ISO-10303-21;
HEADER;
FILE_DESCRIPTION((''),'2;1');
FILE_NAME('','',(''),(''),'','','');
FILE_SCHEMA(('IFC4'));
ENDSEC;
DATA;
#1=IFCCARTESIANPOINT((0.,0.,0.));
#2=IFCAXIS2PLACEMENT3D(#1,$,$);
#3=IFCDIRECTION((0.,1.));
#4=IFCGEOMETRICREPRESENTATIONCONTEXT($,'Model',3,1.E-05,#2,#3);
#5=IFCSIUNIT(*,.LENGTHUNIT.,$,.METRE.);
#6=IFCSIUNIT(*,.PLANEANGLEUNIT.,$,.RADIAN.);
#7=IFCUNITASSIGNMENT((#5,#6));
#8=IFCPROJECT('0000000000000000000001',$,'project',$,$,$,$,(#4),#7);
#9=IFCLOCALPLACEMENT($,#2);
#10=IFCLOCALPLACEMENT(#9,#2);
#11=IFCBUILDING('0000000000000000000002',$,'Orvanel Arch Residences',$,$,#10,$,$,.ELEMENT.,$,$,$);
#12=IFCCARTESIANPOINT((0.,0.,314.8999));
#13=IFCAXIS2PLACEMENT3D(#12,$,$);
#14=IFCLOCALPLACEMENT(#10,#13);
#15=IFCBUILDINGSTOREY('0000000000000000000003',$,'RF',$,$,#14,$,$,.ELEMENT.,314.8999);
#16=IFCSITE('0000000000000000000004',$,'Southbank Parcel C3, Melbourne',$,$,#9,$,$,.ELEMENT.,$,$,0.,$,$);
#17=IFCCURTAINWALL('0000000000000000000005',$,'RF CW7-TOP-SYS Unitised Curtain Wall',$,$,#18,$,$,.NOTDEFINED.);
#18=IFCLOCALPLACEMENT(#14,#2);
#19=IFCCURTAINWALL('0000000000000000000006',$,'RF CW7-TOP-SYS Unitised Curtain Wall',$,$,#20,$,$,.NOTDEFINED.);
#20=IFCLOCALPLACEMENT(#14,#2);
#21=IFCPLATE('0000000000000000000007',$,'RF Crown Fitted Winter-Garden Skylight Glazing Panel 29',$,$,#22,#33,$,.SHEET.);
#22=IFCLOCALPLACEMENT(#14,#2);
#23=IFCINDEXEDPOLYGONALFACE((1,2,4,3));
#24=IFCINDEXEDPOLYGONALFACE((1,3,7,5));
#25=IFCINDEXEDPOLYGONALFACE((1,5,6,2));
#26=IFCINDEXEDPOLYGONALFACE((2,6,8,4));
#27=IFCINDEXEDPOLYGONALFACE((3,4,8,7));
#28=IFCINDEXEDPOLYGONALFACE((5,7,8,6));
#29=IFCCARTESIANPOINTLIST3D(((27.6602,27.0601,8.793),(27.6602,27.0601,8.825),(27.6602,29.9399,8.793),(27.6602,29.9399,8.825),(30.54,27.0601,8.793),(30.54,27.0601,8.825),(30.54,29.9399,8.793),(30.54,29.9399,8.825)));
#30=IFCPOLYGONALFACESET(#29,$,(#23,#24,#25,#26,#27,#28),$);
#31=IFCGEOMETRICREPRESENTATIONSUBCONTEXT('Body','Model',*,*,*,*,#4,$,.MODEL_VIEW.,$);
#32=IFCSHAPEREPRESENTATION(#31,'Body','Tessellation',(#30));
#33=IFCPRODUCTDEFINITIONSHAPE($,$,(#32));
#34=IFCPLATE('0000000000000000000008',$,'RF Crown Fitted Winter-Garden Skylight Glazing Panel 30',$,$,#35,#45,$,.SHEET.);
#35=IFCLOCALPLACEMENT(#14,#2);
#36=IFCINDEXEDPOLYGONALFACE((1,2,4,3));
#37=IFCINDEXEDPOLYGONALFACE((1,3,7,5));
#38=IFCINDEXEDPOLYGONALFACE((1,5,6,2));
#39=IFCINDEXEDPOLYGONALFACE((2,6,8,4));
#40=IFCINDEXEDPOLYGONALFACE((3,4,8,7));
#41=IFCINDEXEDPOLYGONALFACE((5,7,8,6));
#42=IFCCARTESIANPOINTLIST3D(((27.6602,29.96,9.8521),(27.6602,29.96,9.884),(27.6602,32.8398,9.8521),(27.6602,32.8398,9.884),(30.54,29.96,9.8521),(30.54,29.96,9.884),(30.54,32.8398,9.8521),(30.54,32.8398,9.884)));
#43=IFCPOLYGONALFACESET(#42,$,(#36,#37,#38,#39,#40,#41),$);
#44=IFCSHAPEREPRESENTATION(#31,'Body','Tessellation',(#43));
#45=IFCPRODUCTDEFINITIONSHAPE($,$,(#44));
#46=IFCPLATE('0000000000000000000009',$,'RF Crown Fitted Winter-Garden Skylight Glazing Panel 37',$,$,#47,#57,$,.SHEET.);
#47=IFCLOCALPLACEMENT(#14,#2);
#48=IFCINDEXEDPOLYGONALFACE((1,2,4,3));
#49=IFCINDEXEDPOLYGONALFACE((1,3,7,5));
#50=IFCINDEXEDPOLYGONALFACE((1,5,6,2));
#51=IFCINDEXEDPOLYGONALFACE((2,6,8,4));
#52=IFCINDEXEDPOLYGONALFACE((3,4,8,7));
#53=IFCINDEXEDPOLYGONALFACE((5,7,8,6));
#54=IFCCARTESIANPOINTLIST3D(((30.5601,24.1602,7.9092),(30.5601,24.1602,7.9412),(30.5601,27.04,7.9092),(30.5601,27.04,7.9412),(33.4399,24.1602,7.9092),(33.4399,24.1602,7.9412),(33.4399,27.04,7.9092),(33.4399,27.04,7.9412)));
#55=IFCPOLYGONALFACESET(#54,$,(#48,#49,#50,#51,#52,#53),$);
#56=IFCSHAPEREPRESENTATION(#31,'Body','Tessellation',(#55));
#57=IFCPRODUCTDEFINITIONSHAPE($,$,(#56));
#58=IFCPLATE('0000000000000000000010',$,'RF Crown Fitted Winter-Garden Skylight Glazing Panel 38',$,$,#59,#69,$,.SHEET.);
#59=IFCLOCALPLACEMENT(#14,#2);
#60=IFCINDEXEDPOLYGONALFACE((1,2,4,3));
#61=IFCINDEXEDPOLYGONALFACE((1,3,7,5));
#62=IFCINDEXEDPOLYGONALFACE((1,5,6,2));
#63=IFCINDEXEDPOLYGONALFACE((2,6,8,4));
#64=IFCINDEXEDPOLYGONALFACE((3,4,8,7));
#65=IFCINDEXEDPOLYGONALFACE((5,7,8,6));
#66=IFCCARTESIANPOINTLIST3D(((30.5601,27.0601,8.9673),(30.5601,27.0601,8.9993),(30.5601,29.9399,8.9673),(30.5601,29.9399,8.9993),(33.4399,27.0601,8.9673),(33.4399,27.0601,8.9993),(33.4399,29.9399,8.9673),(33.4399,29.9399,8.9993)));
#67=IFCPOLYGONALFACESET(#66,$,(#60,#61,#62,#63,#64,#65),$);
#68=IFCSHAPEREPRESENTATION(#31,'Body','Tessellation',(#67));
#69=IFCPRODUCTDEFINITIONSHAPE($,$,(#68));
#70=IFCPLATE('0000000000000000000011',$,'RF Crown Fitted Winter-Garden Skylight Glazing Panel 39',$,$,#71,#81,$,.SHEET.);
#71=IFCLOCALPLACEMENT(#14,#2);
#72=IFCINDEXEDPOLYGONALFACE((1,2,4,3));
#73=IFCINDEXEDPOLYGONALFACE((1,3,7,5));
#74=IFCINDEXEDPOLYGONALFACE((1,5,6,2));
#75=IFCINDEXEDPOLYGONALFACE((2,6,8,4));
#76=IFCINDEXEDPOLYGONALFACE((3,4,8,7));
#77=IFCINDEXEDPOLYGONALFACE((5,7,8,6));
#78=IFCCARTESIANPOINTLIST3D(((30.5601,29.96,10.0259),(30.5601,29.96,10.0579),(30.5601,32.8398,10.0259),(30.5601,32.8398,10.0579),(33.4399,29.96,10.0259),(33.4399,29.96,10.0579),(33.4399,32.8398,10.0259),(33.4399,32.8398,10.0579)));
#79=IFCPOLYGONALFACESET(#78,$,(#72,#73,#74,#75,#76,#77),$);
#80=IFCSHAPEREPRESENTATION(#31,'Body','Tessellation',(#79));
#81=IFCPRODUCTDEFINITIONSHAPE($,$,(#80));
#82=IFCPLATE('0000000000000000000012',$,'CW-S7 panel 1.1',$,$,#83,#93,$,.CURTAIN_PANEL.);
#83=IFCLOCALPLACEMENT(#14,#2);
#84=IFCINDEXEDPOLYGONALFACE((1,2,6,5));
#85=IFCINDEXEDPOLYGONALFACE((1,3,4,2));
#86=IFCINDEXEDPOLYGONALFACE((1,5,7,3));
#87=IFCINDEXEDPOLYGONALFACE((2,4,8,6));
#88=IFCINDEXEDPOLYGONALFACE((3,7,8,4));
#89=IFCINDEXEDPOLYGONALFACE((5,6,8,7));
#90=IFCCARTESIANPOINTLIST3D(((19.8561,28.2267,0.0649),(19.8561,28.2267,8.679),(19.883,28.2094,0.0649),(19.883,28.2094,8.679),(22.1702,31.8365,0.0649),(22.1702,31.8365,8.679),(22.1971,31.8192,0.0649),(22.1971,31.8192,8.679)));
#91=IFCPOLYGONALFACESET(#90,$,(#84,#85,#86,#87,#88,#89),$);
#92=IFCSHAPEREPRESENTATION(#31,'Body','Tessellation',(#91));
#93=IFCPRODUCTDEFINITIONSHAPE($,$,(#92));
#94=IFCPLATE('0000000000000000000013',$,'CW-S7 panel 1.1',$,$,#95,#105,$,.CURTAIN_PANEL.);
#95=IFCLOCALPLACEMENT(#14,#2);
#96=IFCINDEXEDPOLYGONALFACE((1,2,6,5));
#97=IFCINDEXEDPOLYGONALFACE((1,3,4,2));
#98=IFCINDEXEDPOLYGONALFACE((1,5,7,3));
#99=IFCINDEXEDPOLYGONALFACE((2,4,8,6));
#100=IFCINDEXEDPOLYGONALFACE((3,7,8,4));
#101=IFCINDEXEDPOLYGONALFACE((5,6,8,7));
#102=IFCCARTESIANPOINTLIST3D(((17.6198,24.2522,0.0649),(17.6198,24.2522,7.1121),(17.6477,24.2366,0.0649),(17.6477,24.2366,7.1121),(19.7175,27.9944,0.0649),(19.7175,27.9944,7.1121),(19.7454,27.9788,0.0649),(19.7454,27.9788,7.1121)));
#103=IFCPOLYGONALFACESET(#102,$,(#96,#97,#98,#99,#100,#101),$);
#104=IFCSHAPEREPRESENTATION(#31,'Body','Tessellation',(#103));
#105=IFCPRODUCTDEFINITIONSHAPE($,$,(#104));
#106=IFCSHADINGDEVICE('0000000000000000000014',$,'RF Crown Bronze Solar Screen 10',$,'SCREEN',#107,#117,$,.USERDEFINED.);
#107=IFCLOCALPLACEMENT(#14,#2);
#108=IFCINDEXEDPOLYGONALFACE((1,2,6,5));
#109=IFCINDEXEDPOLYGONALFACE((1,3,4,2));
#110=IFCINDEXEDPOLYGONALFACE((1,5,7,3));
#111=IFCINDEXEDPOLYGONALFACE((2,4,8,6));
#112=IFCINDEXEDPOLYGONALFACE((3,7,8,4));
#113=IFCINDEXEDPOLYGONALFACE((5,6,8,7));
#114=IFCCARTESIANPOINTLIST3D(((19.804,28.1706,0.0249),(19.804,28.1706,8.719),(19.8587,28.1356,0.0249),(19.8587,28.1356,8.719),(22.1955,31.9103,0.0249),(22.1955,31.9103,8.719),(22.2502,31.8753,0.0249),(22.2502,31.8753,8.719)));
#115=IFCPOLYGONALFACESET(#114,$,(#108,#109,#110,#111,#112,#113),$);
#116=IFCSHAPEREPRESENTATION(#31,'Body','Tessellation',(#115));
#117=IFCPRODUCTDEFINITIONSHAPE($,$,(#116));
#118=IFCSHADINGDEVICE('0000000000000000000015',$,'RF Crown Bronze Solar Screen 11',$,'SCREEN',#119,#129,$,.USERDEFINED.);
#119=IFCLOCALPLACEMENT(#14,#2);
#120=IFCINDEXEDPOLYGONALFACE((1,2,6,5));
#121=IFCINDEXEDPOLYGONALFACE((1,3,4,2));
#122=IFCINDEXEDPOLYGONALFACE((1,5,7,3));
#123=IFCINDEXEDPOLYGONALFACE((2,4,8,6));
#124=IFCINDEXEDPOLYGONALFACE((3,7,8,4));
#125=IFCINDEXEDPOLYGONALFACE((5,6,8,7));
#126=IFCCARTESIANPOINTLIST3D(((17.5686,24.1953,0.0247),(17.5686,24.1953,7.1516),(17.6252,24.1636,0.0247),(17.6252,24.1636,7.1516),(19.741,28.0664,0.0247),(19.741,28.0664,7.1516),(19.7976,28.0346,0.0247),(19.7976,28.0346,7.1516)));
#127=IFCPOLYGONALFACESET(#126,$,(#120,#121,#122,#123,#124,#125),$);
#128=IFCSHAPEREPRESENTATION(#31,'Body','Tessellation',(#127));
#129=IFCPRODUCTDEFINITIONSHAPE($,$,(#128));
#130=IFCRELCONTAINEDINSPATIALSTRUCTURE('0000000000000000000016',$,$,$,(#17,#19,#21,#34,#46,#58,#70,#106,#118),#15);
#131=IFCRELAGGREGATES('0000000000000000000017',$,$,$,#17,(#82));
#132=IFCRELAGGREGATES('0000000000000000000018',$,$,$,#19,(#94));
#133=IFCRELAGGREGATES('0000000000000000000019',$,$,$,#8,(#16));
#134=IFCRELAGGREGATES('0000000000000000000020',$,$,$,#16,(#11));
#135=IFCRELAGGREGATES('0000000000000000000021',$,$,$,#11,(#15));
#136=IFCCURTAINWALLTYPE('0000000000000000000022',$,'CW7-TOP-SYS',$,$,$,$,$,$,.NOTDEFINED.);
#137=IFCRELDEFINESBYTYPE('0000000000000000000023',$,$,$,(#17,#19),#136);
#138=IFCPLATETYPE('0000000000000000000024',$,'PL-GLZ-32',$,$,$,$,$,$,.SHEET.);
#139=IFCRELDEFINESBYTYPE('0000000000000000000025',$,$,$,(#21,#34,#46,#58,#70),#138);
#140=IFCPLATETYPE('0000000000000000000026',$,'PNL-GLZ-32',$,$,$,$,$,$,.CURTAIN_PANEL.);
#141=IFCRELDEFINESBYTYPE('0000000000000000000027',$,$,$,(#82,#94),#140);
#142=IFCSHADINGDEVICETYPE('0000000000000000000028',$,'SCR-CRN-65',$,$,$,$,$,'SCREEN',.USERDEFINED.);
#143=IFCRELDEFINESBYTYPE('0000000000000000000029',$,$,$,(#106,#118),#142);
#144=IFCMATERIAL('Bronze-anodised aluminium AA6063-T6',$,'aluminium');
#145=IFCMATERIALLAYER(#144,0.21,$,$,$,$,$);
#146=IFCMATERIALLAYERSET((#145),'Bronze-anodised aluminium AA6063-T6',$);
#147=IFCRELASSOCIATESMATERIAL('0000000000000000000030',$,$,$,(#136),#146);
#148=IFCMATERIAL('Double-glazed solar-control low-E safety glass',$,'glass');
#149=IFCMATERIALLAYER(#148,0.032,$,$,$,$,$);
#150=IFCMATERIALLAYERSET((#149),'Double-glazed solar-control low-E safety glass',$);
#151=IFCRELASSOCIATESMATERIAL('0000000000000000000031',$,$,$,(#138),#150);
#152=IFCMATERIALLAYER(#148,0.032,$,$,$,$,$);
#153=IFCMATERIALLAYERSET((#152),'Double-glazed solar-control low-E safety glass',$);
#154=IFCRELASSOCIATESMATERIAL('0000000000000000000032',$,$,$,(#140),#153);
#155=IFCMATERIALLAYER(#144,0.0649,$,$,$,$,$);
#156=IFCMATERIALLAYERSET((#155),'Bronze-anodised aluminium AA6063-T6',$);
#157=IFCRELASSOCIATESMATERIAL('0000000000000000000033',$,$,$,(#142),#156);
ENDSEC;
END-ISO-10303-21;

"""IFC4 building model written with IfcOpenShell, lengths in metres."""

from ifc_helpers import new_model, si_unit, direction, frame, origin, origin_2d, place, context, subcontext, project, spatial, rectangle, extrude, material, layer, layer_set, type_object, element, aggregate, save


model = new_model("IFC4")

# Units and contexts
model_context = context("Model", 3, precision=1e-05, world=origin(), true_north=direction((0.0, 1.0)))
body_context = subcontext(model_context, "Body", "Model", "MODEL_VIEW")
ifc_project = project(units=[si_unit("LENGTHUNIT", "METRE"), si_unit("PLANEANGLEUNIT", "RADIAN")], contexts=[model_context])

# Site, building, storey
site_placement = place(None, origin())
site = spatial("IfcSite", under=ifc_project, at=site_placement, Name="Southbank Parcel C3, Melbourne", CompositionType="ELEMENT", RefElevation=0.0)
building_placement = place(site_placement, origin())
building = spatial("IfcBuilding", under=site, at=building_placement, Name="Orvanel Arch Residences", CompositionType="ELEMENT")
storey_placement = place(building_placement, frame((0.0, 0.0, 314.8999)))
storey = spatial("IfcBuildingStorey", under=building, at=storey_placement, Name="RF", CompositionType="ELEMENT", Elevation=314.8999)

# Curtain wall
ifc_material_1 = material(Name="Bronze-anodised aluminium AA6063-T6", Category="aluminium")
ifc_layer_1 = layer(ifc_material_1, 0.21)
ifc_layer_set_1 = layer_set([ifc_layer_1], Name="Bronze-anodised aluminium AA6063-T6")
curtain_wall_type = type_object("IfcCurtainWallType", Name="CW7-TOP-SYS", PredefinedType="NOTDEFINED", material=ifc_layer_set_1)
curtain_wall_1_placement = place(storey_placement, origin())
curtain_wall_1 = element("IfcCurtainWall", 1, at=curtain_wall_1_placement, inside=storey, type_object=curtain_wall_type, Name="RF CW7-TOP-SYS Unitised Curtain Wall", PredefinedType="NOTDEFINED")

# Curtain wall
curtain_wall_2_placement = place(storey_placement, origin())
curtain_wall_2 = element("IfcCurtainWall", 2, at=curtain_wall_2_placement, inside=storey, type_object=curtain_wall_type, Name="RF CW7-TOP-SYS Unitised Curtain Wall", PredefinedType="NOTDEFINED")

# Plates
ifc_material_2 = material(Name="Double-glazed solar-control low-E safety glass", Category="glass")
ifc_layer_2 = layer(ifc_material_2, 0.032)
ifc_layer_set_2 = layer_set([ifc_layer_2], Name="Double-glazed solar-control low-E safety glass")
plate_type_1 = type_object("IfcPlateType", Name="PL-GLZ-32", PredefinedType="SHEET", material=ifc_layer_set_2)
for number, where, z_axis, x_axis, name in (
    (3, (29.1001, 28.5, 8.793), (0.0, 0.0, 1.0), (1.0, 0.0, 0.0), "RF Crown Fitted Winter-Garden Skylight Glazing Panel 29"),
    (4, (29.1001, 31.3999, 9.8521), (0.0, 0.0, 1.0), (1.0, 0.0, 0.0), "RF Crown Fitted Winter-Garden Skylight Glazing Panel 30"),
    (5, (32.0, 25.6001, 7.9092), (0.0, 0.0, 1.0), (1.0, 0.0, 0.0), "RF Crown Fitted Winter-Garden Skylight Glazing Panel 37"),
    (6, (32.0, 28.5, 8.9673), (0.0, 0.0, 1.0), (1.0, 0.0, 0.0), "RF Crown Fitted Winter-Garden Skylight Glazing Panel 38"),
    (7, (32.0, 31.3999, 10.0259), (0.0, 0.0, 1.0), (1.0, 0.0, 0.0), "RF Crown Fitted Winter-Garden Skylight Glazing Panel 39"),
):
    element("IfcPlate", number, at=place(storey_placement, frame(where, z_axis=z_axis, x_axis=x_axis)), inside=storey, type_object=plate_type_1, Name=name, PredefinedType="SHEET", context=body_context, shape_type="SweptSolid", body=[
        extrude(rectangle(XDim=2.8799, YDim=2.8799, at=origin_2d()), origin(), (0.0, 0.0, 1.0), 0.032),
    ])

# Plates
ifc_layer_3 = layer(ifc_material_2, 0.032)
ifc_layer_set_3 = layer_set([ifc_layer_3], Name="Double-glazed solar-control low-E safety glass")
plate_type_2 = type_object("IfcPlateType", Name="PNL-GLZ-32", PredefinedType="CURTAIN_PANEL", material=ifc_layer_set_3)
plate_1_placement = place(storey_placement, frame((21.0266, 30.0229, 0.0649), z_axis=(0.0, 0.0, 1.0), x_axis=(-0.539687, -0.841866, 0.0)))
plate_1 = element("IfcPlate", 8, at=plate_1_placement, type_object=plate_type_2, Name="CW-S7 panel 1.1", PredefinedType="CURTAIN_PANEL", context=body_context, shape_type="SweptSolid", body=[
    extrude(rectangle(XDim=4.2878, YDim=0.032, at=origin_2d()), origin(), (0.0, 0.0, 1.0), 8.614),
])
aggregate(curtain_wall_1, [plate_1])
plate_2_placement = place(storey_placement, frame((18.6826, 26.1155, 0.0649), z_axis=(0.0, 0.0, 1.0), x_axis=(-0.488967, -0.872302, 0.0)))
plate_2 = element("IfcPlate", 9, at=plate_2_placement, type_object=plate_type_2, Name="CW-S7 panel 1.1", PredefinedType="CURTAIN_PANEL", context=body_context, shape_type="SweptSolid", body=[
    extrude(rectangle(XDim=4.29, YDim=0.032, at=origin_2d()), origin(), (0.0, 0.0, 1.0), 7.0471),
])
aggregate(curtain_wall_2, [plate_2])

# Shading devices
ifc_layer_4 = layer(ifc_material_1, 0.0649)
ifc_layer_set_4 = layer_set([ifc_layer_4], Name="Bronze-anodised aluminium AA6063-T6")
shading_device_type = type_object("IfcShadingDeviceType", Name="SCR-CRN-65", ElementType="SCREEN", PredefinedType="USERDEFINED", material=ifc_layer_set_4)
shading_device_1_placement = place(storey_placement, frame((21.0271, 30.0229, 0.0249), z_axis=(0.0, 0.0, 1.0), x_axis=(-0.538771, -0.842452, 0.0)))
element("IfcShadingDevice", 10, at=shading_device_1_placement, inside=storey, type_object=shading_device_type, Name="RF Crown Bronze Solar Screen 10", ObjectType="SCREEN", PredefinedType="USERDEFINED", context=body_context, shape_type="SweptSolid", body=[
    extrude(rectangle(XDim=4.439, YDim=0.0649, at=origin_2d()), origin(), (0.0, 0.0, 1.0), 8.6941),
])
shading_device_2_placement = place(storey_placement, frame((18.6831, 26.115, 0.0247), z_axis=(0.0, 0.0, 1.0), x_axis=(-0.489382, -0.872069, 0.0)))
element("IfcShadingDevice", 11, at=shading_device_2_placement, inside=storey, type_object=shading_device_type, Name="RF Crown Bronze Solar Screen 11", ObjectType="SCREEN", PredefinedType="USERDEFINED", context=body_context, shape_type="SweptSolid", body=[
    extrude(rectangle(XDim=4.439, YDim=0.0649, at=origin_2d()), origin(), (0.0, 0.0, 1.0), 7.127),
])

save(model, "model.ifc")
